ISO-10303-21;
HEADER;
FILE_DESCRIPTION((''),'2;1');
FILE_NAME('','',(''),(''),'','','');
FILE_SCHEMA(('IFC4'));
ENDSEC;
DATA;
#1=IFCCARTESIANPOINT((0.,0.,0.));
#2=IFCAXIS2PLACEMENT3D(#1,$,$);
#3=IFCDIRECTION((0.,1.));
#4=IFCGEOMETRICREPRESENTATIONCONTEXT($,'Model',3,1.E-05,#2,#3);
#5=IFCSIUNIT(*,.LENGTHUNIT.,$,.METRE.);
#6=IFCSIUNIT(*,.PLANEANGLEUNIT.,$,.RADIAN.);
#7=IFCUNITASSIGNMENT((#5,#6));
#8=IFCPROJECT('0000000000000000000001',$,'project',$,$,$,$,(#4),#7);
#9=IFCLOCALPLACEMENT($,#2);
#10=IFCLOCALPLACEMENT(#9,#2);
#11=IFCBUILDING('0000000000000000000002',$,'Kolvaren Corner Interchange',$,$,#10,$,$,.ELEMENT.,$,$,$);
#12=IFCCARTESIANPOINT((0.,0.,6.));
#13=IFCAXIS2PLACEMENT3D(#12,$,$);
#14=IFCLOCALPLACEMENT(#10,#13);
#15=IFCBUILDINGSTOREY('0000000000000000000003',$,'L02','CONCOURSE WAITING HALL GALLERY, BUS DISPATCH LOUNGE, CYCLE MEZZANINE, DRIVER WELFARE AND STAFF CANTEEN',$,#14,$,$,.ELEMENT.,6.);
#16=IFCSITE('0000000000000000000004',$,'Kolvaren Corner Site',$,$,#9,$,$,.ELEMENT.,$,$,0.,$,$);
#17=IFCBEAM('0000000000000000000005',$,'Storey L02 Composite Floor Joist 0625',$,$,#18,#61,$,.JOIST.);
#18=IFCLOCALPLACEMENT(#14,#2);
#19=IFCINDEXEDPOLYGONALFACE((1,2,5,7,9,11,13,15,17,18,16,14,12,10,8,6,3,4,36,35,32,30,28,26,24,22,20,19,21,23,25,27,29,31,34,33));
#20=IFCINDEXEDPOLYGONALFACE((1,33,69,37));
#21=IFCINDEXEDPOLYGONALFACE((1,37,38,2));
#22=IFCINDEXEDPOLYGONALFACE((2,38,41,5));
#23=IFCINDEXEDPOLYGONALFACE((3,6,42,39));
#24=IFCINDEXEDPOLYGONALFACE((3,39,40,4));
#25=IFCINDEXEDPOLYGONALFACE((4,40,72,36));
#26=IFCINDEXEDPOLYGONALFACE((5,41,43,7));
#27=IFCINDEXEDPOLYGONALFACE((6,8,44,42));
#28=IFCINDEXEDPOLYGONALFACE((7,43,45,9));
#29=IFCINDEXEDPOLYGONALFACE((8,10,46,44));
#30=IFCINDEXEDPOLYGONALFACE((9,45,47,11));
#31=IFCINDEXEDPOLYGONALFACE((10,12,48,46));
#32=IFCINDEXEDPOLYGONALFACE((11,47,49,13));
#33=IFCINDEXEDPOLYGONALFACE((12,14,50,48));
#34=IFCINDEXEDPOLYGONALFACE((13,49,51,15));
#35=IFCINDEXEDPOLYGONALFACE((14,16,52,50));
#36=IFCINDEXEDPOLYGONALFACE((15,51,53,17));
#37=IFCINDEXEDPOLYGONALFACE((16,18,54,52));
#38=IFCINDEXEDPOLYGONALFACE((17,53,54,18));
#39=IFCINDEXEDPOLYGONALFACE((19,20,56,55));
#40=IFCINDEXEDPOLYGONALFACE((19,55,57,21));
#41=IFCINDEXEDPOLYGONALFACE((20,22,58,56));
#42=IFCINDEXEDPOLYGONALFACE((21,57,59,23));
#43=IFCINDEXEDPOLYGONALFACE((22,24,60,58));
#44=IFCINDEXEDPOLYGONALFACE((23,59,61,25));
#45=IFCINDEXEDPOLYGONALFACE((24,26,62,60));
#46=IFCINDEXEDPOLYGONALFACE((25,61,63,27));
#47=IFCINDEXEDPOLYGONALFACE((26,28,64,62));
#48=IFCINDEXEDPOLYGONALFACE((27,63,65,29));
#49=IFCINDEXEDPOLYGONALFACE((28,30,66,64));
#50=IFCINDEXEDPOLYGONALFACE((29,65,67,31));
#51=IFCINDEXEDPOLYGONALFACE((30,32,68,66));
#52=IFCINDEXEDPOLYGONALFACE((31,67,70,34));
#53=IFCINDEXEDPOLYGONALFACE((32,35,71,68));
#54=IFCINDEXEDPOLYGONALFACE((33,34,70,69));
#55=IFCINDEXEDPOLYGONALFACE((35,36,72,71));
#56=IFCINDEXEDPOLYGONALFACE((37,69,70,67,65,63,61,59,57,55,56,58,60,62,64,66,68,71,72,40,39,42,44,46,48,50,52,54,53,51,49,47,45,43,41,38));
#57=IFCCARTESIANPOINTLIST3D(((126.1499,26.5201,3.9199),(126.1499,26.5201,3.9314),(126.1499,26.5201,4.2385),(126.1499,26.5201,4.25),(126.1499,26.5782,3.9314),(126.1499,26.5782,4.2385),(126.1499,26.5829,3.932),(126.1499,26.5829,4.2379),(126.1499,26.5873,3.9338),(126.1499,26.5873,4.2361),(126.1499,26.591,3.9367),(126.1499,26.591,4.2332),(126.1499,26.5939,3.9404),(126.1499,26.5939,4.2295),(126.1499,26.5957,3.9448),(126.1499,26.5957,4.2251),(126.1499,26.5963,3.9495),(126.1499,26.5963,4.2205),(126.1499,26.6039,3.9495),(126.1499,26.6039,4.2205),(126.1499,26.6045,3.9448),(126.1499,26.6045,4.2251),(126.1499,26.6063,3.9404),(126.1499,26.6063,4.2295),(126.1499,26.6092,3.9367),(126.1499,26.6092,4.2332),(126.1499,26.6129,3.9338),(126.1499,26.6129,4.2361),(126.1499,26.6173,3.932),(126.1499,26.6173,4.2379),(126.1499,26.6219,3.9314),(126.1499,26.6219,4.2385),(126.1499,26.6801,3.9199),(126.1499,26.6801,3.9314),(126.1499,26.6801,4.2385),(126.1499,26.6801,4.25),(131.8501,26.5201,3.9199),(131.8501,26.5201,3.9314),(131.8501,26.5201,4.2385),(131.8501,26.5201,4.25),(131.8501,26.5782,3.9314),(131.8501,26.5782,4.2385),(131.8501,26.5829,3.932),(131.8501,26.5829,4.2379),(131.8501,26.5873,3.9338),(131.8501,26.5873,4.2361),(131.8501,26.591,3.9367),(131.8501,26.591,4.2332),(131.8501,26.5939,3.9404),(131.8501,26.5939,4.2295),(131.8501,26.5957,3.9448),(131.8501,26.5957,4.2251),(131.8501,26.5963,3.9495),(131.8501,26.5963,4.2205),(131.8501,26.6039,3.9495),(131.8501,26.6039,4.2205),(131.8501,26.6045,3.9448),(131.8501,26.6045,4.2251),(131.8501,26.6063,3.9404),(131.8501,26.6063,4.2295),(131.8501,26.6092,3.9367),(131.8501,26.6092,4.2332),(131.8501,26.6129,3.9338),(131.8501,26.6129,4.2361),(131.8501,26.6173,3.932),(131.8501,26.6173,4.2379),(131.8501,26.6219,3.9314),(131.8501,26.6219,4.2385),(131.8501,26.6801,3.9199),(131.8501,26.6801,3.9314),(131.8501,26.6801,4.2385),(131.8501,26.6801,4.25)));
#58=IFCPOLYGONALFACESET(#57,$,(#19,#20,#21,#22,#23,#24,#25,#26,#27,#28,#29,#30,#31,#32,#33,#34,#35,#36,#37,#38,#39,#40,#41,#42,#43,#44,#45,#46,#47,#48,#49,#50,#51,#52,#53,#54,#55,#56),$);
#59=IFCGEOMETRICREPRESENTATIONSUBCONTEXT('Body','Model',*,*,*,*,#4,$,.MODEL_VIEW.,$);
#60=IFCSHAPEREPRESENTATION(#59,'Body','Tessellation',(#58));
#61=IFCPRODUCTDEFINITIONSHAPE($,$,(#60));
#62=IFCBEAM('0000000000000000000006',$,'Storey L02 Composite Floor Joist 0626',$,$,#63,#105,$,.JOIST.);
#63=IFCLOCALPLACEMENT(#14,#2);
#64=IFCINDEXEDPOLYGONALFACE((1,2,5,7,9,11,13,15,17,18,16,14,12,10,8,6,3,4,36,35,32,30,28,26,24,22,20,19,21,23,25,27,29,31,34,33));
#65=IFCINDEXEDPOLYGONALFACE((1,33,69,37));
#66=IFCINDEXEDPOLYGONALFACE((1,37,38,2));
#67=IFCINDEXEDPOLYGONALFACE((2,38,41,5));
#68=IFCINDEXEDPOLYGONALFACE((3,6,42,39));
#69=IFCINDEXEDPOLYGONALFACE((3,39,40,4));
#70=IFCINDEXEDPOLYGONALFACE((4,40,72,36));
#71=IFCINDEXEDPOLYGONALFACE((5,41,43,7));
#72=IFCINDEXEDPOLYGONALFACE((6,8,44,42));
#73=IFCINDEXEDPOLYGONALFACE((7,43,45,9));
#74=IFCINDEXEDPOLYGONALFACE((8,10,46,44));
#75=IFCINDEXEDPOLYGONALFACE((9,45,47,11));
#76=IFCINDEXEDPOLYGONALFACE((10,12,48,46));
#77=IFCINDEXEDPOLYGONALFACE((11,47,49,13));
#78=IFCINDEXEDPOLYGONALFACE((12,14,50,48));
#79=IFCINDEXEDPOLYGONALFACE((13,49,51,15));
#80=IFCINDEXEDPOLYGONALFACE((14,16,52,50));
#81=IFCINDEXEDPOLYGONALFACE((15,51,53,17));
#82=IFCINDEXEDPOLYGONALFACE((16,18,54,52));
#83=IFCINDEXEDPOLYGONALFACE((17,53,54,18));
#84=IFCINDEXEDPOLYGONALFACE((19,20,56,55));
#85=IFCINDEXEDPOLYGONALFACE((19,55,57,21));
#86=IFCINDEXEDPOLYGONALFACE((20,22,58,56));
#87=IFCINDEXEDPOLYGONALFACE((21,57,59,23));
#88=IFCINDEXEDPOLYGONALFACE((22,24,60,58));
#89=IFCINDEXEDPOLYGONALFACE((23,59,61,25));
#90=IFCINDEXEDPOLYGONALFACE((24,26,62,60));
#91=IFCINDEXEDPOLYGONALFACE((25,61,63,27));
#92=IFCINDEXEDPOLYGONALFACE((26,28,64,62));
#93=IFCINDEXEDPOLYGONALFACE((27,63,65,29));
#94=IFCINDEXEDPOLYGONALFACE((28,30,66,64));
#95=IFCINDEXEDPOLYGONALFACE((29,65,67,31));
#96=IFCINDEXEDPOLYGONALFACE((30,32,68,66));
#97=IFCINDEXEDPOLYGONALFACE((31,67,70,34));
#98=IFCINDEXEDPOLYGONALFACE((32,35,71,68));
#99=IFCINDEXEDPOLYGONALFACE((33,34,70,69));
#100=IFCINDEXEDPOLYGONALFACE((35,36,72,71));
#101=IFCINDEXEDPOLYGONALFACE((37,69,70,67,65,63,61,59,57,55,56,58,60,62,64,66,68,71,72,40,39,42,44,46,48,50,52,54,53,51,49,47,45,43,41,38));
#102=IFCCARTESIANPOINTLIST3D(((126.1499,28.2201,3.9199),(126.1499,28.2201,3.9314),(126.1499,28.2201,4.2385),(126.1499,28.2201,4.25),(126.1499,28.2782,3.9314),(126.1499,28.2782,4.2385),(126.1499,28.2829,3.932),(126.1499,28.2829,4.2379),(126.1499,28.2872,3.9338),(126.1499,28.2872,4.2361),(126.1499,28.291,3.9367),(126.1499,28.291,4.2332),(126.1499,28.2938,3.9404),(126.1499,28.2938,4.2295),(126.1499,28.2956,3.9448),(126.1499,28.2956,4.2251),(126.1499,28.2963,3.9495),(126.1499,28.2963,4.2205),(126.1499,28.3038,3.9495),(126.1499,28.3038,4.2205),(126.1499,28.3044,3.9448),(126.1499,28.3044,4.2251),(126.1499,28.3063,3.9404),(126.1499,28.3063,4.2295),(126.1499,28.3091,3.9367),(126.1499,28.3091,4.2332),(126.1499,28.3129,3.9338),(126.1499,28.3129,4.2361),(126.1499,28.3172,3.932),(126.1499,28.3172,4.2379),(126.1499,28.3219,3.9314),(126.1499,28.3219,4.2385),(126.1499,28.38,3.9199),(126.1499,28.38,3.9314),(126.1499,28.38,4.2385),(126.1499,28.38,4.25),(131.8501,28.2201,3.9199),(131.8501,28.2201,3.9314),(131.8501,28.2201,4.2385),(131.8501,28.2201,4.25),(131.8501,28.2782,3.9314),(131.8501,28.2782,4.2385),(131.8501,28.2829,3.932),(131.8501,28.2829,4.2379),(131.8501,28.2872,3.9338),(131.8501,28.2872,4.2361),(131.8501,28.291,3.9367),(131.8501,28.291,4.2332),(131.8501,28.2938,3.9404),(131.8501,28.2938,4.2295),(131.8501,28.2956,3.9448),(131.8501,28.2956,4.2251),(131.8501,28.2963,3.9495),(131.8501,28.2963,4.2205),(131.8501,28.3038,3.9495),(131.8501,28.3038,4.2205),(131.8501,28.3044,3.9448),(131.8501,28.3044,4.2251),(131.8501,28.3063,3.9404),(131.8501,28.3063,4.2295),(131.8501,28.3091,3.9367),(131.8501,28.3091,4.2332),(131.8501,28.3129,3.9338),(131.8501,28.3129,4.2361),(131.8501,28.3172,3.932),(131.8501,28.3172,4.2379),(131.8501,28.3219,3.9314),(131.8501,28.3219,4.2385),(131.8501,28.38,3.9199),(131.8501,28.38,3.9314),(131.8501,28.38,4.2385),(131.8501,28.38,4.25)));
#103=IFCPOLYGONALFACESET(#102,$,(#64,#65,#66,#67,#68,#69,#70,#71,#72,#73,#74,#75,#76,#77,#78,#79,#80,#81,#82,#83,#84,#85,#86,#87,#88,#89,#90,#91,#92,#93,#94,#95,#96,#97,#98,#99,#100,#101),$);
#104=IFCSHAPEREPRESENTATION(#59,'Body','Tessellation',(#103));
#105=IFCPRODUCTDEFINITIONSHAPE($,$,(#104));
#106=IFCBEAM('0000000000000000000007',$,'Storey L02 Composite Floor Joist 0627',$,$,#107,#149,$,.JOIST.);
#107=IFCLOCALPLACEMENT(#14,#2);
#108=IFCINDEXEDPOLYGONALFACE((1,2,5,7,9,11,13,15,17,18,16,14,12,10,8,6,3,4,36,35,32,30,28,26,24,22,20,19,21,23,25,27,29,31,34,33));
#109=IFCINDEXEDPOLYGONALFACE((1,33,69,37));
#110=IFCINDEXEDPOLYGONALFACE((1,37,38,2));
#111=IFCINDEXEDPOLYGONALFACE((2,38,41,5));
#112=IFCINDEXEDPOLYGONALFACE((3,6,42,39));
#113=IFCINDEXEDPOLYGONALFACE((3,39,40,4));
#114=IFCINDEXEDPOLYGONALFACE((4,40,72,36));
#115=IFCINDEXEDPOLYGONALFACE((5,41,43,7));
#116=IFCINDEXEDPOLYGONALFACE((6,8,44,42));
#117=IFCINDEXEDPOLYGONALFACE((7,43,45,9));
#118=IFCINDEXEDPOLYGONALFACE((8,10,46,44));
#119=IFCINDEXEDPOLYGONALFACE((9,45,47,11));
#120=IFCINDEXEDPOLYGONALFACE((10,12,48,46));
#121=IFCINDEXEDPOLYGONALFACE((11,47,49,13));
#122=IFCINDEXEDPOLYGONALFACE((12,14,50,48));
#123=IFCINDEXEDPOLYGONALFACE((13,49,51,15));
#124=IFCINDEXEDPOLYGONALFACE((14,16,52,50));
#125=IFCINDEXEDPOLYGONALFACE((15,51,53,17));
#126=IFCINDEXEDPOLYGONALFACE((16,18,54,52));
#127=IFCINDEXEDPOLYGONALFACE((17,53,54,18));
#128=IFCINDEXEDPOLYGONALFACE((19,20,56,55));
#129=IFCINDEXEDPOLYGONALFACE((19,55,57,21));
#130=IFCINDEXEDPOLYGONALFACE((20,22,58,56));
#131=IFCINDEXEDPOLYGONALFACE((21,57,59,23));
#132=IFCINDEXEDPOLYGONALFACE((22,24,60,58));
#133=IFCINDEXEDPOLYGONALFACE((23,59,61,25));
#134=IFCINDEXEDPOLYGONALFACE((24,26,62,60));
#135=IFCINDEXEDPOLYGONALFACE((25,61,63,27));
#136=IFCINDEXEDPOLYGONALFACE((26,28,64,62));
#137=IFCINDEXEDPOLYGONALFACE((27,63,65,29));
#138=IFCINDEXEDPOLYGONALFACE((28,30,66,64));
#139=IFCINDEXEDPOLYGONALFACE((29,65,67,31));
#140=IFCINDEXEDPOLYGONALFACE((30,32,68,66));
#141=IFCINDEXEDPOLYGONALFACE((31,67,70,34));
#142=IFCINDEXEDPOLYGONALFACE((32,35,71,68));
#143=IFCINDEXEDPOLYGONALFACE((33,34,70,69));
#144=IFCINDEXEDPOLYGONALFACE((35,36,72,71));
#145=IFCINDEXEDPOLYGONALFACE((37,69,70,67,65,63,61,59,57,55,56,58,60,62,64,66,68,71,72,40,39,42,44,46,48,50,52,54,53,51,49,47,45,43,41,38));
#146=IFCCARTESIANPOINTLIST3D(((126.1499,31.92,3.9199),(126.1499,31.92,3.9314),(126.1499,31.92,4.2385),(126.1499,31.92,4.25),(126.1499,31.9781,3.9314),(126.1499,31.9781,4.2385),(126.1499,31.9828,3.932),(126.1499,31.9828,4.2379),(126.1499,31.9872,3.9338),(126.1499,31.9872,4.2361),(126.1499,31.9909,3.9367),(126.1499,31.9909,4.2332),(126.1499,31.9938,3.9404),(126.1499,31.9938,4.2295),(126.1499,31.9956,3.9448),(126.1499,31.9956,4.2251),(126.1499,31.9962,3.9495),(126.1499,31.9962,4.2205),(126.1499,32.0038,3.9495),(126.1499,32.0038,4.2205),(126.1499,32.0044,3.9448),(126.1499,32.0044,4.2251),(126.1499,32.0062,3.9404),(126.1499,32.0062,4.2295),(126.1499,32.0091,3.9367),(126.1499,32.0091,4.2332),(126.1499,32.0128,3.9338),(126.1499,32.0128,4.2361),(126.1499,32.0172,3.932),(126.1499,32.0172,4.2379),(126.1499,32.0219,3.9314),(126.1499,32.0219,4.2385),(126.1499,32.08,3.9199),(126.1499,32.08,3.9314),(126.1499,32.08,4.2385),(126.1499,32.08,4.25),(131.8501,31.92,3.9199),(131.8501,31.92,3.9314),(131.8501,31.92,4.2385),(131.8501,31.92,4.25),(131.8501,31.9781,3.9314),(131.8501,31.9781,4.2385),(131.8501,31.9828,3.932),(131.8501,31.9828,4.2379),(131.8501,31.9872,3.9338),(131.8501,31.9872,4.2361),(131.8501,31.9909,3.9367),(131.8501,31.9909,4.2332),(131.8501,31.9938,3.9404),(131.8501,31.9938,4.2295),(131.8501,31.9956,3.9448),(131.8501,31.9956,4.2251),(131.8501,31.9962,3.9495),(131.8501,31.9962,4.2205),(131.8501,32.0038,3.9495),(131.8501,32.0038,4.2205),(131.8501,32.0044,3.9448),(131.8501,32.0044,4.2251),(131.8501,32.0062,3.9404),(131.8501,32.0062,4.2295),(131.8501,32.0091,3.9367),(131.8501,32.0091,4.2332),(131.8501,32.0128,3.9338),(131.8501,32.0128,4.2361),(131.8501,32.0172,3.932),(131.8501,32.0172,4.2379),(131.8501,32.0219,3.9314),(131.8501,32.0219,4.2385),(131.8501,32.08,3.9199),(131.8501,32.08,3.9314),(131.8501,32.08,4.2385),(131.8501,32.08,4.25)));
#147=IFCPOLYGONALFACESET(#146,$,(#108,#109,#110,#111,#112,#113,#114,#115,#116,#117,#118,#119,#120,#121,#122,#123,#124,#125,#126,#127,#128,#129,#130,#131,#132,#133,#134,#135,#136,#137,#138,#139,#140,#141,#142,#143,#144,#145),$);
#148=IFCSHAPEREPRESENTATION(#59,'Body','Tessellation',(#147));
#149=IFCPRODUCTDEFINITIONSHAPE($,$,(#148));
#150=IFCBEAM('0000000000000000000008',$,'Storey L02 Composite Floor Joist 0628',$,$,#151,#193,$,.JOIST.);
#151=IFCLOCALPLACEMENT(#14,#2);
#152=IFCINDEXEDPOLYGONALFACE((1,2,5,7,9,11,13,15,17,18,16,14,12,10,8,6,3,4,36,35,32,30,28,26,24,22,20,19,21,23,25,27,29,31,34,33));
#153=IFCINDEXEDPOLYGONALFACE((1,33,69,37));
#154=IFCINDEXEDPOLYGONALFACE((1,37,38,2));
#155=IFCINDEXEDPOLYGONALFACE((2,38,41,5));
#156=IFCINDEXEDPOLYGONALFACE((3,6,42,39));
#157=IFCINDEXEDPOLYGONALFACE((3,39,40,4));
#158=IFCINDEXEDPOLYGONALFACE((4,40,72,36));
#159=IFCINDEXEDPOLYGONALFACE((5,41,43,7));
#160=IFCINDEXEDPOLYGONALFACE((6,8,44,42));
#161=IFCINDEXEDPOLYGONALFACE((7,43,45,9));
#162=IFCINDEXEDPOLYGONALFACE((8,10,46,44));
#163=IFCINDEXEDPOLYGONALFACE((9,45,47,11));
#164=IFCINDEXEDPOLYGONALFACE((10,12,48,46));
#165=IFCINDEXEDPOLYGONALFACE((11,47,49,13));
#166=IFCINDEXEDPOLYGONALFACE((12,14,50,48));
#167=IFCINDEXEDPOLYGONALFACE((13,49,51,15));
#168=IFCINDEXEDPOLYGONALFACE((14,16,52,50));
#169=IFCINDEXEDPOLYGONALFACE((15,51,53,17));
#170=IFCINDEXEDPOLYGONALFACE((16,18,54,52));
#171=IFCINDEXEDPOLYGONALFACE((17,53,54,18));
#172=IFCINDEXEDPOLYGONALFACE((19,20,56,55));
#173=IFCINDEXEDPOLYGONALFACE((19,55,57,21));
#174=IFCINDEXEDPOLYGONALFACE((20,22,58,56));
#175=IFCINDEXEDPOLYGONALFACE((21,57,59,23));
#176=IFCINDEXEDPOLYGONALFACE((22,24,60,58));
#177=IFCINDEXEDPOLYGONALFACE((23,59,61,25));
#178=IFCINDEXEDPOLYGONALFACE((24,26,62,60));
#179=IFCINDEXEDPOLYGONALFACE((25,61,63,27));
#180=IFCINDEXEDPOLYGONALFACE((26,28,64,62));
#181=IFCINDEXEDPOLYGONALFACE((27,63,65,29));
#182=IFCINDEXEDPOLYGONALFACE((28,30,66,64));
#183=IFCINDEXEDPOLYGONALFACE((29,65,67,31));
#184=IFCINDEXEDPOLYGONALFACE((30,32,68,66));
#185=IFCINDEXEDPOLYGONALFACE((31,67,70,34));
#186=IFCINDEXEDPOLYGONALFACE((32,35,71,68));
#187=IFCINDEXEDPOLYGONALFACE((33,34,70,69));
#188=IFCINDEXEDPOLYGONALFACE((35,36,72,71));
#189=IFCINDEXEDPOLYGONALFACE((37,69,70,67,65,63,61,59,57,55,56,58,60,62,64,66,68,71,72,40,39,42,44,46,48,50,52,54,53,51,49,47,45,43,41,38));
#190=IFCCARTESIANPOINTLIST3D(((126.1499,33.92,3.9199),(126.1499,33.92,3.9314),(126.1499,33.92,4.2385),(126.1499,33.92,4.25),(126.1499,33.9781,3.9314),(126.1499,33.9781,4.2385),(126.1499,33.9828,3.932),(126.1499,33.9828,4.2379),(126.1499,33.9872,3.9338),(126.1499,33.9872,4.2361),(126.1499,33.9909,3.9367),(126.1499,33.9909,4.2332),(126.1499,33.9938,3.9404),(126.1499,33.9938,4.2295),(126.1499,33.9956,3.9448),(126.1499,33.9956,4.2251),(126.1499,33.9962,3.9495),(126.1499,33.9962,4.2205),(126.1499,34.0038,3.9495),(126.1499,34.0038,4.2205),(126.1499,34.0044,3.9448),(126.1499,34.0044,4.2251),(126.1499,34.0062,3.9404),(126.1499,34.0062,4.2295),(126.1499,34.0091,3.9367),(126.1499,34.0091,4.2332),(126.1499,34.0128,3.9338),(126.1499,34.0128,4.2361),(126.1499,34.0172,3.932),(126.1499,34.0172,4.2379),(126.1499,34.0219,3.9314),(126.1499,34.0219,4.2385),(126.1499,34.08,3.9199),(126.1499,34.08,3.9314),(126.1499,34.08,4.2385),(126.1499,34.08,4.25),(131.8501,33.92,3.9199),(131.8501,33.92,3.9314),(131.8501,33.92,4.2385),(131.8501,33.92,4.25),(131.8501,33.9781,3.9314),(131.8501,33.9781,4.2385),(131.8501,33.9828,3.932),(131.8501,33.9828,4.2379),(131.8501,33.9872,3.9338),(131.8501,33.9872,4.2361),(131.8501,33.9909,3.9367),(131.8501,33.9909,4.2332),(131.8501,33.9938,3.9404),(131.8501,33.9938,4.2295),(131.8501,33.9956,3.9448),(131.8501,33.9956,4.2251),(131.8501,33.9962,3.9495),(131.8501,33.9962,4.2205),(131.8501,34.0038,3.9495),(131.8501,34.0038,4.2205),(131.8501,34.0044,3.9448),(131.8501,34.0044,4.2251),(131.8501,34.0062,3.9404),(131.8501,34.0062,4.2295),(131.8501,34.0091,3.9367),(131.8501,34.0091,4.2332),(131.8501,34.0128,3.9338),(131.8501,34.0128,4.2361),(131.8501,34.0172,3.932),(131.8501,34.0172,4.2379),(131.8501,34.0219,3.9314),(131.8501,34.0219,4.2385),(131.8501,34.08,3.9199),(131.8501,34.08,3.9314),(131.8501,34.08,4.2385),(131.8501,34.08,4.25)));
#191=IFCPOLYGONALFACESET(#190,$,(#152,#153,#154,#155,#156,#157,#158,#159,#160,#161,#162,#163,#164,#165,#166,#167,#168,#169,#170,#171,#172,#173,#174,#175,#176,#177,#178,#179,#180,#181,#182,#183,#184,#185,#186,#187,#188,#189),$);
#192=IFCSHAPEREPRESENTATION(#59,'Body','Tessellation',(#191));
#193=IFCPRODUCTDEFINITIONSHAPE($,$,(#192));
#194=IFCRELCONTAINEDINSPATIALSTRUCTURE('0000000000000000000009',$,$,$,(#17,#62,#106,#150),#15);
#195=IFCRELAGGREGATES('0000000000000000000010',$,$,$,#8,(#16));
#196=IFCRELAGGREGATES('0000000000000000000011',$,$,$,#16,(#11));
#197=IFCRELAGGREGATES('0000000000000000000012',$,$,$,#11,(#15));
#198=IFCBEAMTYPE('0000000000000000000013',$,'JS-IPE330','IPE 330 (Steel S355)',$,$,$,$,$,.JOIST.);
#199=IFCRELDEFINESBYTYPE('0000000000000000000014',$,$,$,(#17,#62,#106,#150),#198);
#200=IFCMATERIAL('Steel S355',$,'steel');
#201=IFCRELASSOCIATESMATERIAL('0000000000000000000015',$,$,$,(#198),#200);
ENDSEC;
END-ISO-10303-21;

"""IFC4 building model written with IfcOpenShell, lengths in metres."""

from ifc_helpers import new_model, si_unit, direction, frame, origin, origin_2d, place, context, subcontext, project, spatial, i_section, extrude, material, material_profile, profile_set, type_object, element, save


model = new_model("IFC4")

# Units and contexts
model_context = context("Model", 3, precision=1e-05, world=origin(), true_north=direction((0.0, 1.0)))
body_context = subcontext(model_context, "Body", "Model", "MODEL_VIEW")
ifc_project = project(units=[si_unit("LENGTHUNIT", "METRE"), si_unit("PLANEANGLEUNIT", "RADIAN")], contexts=[model_context])

# Site, building, storey
site_placement = place(None, origin())
site = spatial("IfcSite", under=ifc_project, at=site_placement, Name="Kolvaren Corner Site", CompositionType="ELEMENT", RefElevation=0.0)
building_placement = place(site_placement, origin())
building = spatial("IfcBuilding", under=site, at=building_placement, Name="Kolvaren Corner Interchange", CompositionType="ELEMENT")
storey_placement = place(building_placement, frame((0.0, 0.0, 6.0)))
storey = spatial("IfcBuildingStorey", under=building, at=storey_placement, Name="L02", Description="CONCOURSE WAITING HALL GALLERY, BUS DISPATCH LOUNGE, CYCLE MEZZANINE, DRIVER WELFARE AND STAFF CANTEEN", CompositionType="ELEMENT", Elevation=6.0)

# Beams
ifc_material_1 = material(Name="Steel S355", Category="steel")
ifc_material_profile_1 = material_profile(ifc_material_1, i_section(OverallWidth=0.1599, OverallDepth=0.3301, WebThickness=0.0076, FlangeThickness=0.0115, FilletRadius=0.0181, at=origin_2d()), Name="IPE 330")
ifc_profile_set_1 = profile_set([ifc_material_profile_1], Name="Steel S355")
beam_type_1 = type_object("IfcBeamType", Name="JS-IPE330", Description="IPE 330 (Steel S355)", PredefinedType="JOIST", material=ifc_profile_set_1)
for number, where, z_axis, x_axis, name in (
    (1, (126.1499, 26.6001, 4.085), (1.0, 0.0, 0.0), (0.0, 1.0, 0.0), "Storey L02 Composite Floor Joist 0625"),
    (2, (126.1499, 28.3, 4.085), (1.0, 0.0, 0.0), (0.0, 1.0, 0.0), "Storey L02 Composite Floor Joist 0626"),
    (3, (126.1499, 32.0, 4.085), (1.0, 0.0, 0.0), (0.0, 1.0, 0.0), "Storey L02 Composite Floor Joist 0627"),
    (4, (126.1499, 34.0, 4.085), (1.0, 0.0, 0.0), (0.0, 1.0, 0.0), "Storey L02 Composite Floor Joist 0628"),
):
    element("IfcBeam", number, at=place(storey_placement, frame(where, z_axis=z_axis, x_axis=x_axis)), inside=storey, type_object=beam_type_1, Name=name, PredefinedType="JOIST", context=body_context, shape_type="SweptSolid", body=[
        extrude(i_section(OverallWidth=0.1599, OverallDepth=0.3301, WebThickness=0.0076, FlangeThickness=0.0115, FilletRadius=0.0181, at=origin_2d()), origin(), (0.0, 0.0, 1.0), 5.7002),
    ])

save(model, "model.ifc")
